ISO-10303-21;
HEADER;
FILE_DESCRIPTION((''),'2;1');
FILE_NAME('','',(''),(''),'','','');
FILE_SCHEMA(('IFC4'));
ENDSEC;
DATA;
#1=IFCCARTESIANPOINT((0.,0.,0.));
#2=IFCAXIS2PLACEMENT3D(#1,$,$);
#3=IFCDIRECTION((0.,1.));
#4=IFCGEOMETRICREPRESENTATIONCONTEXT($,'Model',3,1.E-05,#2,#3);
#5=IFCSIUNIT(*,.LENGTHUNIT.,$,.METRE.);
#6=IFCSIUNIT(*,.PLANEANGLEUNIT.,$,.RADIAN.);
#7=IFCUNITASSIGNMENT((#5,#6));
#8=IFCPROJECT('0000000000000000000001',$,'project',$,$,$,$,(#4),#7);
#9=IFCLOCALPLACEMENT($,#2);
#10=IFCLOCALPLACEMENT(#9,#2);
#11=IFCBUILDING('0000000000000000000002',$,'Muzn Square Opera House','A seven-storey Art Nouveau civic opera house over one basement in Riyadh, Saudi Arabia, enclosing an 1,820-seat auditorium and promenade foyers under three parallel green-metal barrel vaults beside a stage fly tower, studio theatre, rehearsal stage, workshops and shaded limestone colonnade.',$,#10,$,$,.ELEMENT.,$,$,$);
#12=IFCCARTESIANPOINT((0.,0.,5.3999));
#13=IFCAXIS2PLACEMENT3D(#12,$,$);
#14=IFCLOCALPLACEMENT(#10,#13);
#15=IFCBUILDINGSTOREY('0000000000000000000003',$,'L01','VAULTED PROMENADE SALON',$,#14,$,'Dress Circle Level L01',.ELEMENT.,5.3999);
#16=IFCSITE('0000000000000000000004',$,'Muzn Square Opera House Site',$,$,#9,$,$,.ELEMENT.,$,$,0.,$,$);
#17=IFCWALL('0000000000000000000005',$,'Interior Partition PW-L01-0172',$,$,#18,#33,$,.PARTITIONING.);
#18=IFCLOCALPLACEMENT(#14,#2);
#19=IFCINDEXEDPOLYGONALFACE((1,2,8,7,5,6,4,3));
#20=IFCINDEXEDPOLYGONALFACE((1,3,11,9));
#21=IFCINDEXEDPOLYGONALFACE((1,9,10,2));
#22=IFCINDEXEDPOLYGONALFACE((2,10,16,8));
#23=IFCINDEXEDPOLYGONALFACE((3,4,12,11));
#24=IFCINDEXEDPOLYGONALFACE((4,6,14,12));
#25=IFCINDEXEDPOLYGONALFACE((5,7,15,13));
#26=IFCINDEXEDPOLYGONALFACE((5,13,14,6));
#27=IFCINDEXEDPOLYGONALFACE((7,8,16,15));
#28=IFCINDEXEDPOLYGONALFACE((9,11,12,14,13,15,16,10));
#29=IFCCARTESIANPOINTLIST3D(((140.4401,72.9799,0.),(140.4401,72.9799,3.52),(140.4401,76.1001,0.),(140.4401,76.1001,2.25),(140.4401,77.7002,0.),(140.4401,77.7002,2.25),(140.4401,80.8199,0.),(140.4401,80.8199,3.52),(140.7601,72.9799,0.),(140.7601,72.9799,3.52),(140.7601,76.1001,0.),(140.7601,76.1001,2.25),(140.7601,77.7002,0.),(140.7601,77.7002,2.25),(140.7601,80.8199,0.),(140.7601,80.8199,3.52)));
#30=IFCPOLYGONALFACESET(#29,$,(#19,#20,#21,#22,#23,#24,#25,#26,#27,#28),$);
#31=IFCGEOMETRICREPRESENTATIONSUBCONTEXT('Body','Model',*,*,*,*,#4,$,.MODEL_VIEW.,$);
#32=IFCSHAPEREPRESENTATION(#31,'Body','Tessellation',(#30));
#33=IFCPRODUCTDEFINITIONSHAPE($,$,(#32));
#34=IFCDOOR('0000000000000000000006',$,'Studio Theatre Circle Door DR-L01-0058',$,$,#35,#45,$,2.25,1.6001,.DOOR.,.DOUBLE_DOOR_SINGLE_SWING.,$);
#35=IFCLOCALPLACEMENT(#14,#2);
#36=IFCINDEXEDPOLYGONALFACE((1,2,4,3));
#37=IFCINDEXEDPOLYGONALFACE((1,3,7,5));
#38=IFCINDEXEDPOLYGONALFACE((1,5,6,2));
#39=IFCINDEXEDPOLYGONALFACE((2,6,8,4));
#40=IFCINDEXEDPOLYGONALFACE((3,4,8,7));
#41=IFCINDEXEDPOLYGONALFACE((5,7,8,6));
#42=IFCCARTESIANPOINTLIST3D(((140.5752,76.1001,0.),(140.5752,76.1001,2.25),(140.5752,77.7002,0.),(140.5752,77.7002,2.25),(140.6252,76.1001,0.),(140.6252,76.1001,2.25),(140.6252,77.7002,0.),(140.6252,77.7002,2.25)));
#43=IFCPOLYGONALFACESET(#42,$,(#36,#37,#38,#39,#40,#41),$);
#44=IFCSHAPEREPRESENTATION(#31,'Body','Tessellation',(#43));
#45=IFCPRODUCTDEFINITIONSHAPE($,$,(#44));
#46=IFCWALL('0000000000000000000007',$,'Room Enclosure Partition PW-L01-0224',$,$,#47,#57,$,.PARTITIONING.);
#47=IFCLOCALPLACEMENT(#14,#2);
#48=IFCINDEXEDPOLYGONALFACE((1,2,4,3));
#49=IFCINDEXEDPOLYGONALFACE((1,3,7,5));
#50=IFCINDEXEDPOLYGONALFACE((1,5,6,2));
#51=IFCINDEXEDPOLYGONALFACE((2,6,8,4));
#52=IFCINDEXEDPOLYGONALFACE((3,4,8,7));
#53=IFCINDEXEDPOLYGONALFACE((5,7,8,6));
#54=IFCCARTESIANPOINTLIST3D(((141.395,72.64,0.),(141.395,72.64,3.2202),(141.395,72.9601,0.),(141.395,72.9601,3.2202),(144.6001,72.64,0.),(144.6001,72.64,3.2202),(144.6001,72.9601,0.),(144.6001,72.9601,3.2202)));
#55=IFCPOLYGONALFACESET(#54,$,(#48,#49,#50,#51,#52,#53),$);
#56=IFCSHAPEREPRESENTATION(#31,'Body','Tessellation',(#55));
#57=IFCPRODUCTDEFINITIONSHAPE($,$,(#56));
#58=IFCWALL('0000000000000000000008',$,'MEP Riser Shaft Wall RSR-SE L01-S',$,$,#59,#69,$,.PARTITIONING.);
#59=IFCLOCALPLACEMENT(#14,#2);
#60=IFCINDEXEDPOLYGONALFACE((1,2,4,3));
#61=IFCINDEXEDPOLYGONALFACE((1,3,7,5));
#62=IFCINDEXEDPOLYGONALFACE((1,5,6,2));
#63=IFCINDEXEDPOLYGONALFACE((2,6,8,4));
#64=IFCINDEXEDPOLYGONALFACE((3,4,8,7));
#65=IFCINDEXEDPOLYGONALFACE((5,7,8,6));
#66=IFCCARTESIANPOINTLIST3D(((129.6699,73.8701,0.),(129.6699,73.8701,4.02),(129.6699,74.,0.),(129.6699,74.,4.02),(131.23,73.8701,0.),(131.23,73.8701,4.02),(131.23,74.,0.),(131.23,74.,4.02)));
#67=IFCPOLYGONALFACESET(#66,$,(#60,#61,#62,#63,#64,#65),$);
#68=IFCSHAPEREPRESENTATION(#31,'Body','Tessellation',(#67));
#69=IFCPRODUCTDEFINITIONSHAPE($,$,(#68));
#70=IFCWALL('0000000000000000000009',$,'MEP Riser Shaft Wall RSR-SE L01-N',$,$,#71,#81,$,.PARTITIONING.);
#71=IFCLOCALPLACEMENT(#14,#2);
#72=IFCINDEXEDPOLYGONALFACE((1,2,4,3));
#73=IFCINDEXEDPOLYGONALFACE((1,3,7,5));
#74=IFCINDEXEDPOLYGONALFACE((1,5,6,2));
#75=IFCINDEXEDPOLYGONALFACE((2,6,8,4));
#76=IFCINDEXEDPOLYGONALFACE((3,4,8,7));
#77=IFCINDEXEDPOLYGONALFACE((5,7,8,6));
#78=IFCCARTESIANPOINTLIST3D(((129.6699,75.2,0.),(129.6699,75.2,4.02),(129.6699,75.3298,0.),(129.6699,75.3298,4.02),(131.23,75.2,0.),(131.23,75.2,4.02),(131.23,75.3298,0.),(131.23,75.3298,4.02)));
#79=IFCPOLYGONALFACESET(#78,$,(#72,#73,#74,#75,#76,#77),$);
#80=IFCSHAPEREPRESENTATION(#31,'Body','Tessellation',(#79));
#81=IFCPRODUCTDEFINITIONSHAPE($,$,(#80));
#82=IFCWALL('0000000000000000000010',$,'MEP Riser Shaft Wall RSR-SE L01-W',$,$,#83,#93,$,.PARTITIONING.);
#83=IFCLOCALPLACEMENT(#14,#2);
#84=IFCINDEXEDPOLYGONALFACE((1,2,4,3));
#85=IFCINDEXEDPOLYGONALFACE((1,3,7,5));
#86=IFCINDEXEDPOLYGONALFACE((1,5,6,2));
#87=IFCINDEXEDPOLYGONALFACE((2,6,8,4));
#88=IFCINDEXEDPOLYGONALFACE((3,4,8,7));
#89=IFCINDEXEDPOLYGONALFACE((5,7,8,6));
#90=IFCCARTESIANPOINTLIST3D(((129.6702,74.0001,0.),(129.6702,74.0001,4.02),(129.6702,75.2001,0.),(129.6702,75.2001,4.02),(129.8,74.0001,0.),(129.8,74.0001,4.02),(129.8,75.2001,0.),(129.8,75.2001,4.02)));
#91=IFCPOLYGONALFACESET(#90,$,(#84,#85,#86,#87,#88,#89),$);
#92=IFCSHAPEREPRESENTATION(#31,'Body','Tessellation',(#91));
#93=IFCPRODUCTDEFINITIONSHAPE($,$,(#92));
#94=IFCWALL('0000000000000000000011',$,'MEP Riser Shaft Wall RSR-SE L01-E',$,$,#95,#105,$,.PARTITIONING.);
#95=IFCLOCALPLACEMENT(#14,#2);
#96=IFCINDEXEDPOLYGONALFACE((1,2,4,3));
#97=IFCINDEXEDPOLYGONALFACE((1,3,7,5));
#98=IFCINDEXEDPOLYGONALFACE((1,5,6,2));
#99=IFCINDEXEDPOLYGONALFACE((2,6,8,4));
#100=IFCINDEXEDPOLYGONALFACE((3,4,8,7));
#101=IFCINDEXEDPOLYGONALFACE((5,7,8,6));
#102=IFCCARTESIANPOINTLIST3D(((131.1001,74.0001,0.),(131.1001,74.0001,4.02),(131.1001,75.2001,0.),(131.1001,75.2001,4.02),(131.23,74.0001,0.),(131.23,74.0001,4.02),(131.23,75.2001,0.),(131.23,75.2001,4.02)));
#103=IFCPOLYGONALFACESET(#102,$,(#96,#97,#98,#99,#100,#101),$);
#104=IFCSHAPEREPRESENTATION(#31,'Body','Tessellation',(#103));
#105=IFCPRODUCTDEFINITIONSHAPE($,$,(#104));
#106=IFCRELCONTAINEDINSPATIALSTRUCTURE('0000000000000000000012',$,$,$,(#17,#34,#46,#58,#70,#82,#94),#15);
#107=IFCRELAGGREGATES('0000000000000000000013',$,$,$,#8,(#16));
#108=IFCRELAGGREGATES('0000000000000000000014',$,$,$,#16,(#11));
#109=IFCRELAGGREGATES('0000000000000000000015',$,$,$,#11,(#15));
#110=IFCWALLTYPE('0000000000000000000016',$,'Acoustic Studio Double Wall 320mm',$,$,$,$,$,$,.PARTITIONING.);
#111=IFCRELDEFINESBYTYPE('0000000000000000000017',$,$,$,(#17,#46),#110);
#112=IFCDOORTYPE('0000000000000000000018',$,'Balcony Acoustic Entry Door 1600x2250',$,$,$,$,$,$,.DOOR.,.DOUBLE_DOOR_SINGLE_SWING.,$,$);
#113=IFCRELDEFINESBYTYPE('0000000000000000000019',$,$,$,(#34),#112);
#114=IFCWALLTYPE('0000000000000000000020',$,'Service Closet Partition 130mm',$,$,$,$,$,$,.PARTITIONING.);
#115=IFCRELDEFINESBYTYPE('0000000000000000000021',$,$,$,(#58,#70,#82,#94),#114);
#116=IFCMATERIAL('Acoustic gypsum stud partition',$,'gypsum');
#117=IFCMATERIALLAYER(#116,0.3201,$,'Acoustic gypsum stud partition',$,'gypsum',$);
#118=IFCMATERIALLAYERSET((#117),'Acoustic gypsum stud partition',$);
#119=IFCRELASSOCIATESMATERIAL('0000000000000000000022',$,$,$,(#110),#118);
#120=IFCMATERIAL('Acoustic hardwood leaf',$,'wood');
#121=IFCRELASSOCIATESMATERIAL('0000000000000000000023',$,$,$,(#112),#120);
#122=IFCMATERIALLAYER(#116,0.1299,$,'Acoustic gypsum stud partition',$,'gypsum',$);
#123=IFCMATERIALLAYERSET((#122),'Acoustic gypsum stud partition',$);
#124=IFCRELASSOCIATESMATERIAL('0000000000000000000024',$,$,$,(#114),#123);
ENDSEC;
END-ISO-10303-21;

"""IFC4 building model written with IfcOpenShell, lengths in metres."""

from ifc_helpers import new_model, si_unit, direction, frame, frame_2d, origin, place, context, subcontext, project, spatial, rectangle, extrude, material, layer, layer_set, type_object, element, fill, save


model = new_model("IFC4")

# Units and contexts
model_context = context("Model", 3, precision=1e-05, world=origin(), true_north=direction((0.0, 1.0)))
body_context = subcontext(model_context, "Body", "Model", "MODEL_VIEW")
ifc_project = project(units=[si_unit("LENGTHUNIT", "METRE"), si_unit("PLANEANGLEUNIT", "RADIAN")], contexts=[model_context])

# Site, building, storey
site_placement = place(None, origin())
site = spatial("IfcSite", under=ifc_project, at=site_placement, Name="Muzn Square Opera House Site", CompositionType="ELEMENT", RefElevation=0.0)
building_placement = place(site_placement, origin())
building = spatial("IfcBuilding", under=site, at=building_placement, Name="Muzn Square Opera House", Description="A seven-storey Art Nouveau civic opera house over one basement in Riyadh, Saudi Arabia, enclosing an 1,820-seat auditorium and promenade foyers under three parallel green-metal barrel vaults beside a stage fly tower, studio theatre, rehearsal stage, workshops and shaded limestone colonnade.", CompositionType="ELEMENT")
storey_placement = place(building_placement, frame((0.0, 0.0, 5.3999)))
storey = spatial("IfcBuildingStorey", under=building, at=storey_placement, Name="L01", Description="VAULTED PROMENADE SALON", LongName="Dress Circle Level L01", CompositionType="ELEMENT", Elevation=5.3999)

# Wall, opening, door
ifc_material_1 = material(Name="Acoustic gypsum stud partition", Category="gypsum")
ifc_layer_1 = layer(ifc_material_1, 0.3201, Name="Acoustic gypsum stud partition", Category="gypsum")
ifc_layer_set_1 = layer_set([ifc_layer_1], Name="Acoustic gypsum stud partition")
wall_type_1 = type_object("IfcWallType", Name="Acoustic Studio Double Wall 320mm", PredefinedType="PARTITIONING", material=ifc_layer_set_1)
wall_1_placement = place(storey_placement, frame((140.6001, 72.98, 0.0), z_axis=(0.0, 0.0, 1.0), x_axis=(0.0, 1.0, 0.0)))
wall_1 = element("IfcWall", 1, at=wall_1_placement, inside=storey, type_object=wall_type_1, Name="Interior Partition PW-L01-0172", PredefinedType="PARTITIONING", context=body_context, shape_type="SweptSolid", body=[
    extrude(rectangle(XDim=7.8401, YDim=0.3201, at=frame_2d((3.9199, 0.0))), origin(), (0.0, 0.0, 1.0), 3.52),
])
opening_placement = place(wall_1_placement, frame((3.1201, 0.0, 0.0)))
opening = element("IfcOpeningElement", 2, at=opening_placement, cuts=wall_1, PredefinedType="OPENING", context=body_context, shape_type="SweptSolid", body=[
    extrude(rectangle(XDim=1.6001, YDim=2.25, at=frame_2d((0.8, 1.125))), frame((0.0, 0.1699, 0.0), z_axis=(0.0, -1.0, 0.0), x_axis=(1.0, 0.0, 0.0)), (0.0, 0.0, 1.0), 0.3401),
])
ifc_material_2 = material(Name="Acoustic hardwood leaf", Category="wood")
door_type = type_object("IfcDoorType", Name="Balcony Acoustic Entry Door 1600x2250", OperationType="DOUBLE_DOOR_SINGLE_SWING", PredefinedType="DOOR", material=ifc_material_2)
door_placement = place(opening_placement, origin())
door = element("IfcDoor", 3, at=door_placement, inside=storey, type_object=door_type, Name="Studio Theatre Circle Door DR-L01-0058", OperationType="DOUBLE_DOOR_SINGLE_SWING", OverallHeight=2.25, OverallWidth=1.6001, PredefinedType="DOOR", context=body_context, shape_type="SweptSolid", body=[
    extrude(rectangle(XDim=1.6001, YDim=2.25, at=frame_2d((0.8, 1.125))), frame((0.0, 0.0249, 0.0), z_axis=(0.0, -1.0, 0.0), x_axis=(1.0, 0.0, 0.0)), (0.0, 0.0, 1.0), 0.05),
])
fill(opening, door)

# Walls
wall_2_placement = place(storey_placement, frame((141.395, 72.8, 0.0), z_axis=(0.0, 0.0, 1.0), x_axis=(1.0, 0.0, 0.0)))
element("IfcWall", 4, at=wall_2_placement, inside=storey, type_object=wall_type_1, Name="Room Enclosure Partition PW-L01-0224", PredefinedType="PARTITIONING", context=body_context, shape_type="SweptSolid", body=[
    extrude(rectangle(XDim=3.2051, YDim=0.3201, at=frame_2d((1.6025, 0.0))), origin(), (0.0, 0.0, 1.0), 3.2202),
])
ifc_layer_2 = layer(ifc_material_1, 0.1299, Name="Acoustic gypsum stud partition", Category="gypsum")
ifc_layer_set_2 = layer_set([ifc_layer_2], Name="Acoustic gypsum stud partition")
wall_type_2 = type_object("IfcWallType", Name="Service Closet Partition 130mm", PredefinedType="PARTITIONING", material=ifc_layer_set_2)
for number, where, z_axis, x_axis, name in (
    (5, (129.6699, 73.9351, 0.0), (0.0, 0.0, 1.0), (1.0, 0.0, 0.0), "MEP Riser Shaft Wall RSR-SE L01-S"),
    (6, (129.6699, 75.2649, 0.0), (0.0, 0.0, 1.0), (1.0, 0.0, 0.0), "MEP Riser Shaft Wall RSR-SE L01-N"),
):
    element("IfcWall", number, at=place(storey_placement, frame(where, z_axis=z_axis, x_axis=x_axis)), inside=storey, type_object=wall_type_2, Name=name, PredefinedType="PARTITIONING", context=body_context, shape_type="SweptSolid", body=[
        extrude(rectangle(XDim=1.5601, YDim=0.1299, at=frame_2d((0.78, 0.0))), origin(), (0.0, 0.0, 1.0), 4.02),
    ])
for number, where, z_axis, x_axis, name in (
    (7, (129.7351, 74.0, 0.0), (0.0, 0.0, 1.0), (0.0, 1.0, 0.0), "MEP Riser Shaft Wall RSR-SE L01-W"),
    (8, (131.165, 74.0, 0.0), (0.0, 0.0, 1.0), (0.0, 1.0, 0.0), "MEP Riser Shaft Wall RSR-SE L01-E"),
):
    element("IfcWall", number, at=place(storey_placement, frame(where, z_axis=z_axis, x_axis=x_axis)), inside=storey, type_object=wall_type_2, Name=name, PredefinedType="PARTITIONING", context=body_context, shape_type="SweptSolid", body=[
        extrude(rectangle(XDim=1.2, YDim=0.1299, at=frame_2d((0.6001, 0.0))), origin(), (0.0, 0.0, 1.0), 4.02),
    ])

save(model, "model.ifc")
